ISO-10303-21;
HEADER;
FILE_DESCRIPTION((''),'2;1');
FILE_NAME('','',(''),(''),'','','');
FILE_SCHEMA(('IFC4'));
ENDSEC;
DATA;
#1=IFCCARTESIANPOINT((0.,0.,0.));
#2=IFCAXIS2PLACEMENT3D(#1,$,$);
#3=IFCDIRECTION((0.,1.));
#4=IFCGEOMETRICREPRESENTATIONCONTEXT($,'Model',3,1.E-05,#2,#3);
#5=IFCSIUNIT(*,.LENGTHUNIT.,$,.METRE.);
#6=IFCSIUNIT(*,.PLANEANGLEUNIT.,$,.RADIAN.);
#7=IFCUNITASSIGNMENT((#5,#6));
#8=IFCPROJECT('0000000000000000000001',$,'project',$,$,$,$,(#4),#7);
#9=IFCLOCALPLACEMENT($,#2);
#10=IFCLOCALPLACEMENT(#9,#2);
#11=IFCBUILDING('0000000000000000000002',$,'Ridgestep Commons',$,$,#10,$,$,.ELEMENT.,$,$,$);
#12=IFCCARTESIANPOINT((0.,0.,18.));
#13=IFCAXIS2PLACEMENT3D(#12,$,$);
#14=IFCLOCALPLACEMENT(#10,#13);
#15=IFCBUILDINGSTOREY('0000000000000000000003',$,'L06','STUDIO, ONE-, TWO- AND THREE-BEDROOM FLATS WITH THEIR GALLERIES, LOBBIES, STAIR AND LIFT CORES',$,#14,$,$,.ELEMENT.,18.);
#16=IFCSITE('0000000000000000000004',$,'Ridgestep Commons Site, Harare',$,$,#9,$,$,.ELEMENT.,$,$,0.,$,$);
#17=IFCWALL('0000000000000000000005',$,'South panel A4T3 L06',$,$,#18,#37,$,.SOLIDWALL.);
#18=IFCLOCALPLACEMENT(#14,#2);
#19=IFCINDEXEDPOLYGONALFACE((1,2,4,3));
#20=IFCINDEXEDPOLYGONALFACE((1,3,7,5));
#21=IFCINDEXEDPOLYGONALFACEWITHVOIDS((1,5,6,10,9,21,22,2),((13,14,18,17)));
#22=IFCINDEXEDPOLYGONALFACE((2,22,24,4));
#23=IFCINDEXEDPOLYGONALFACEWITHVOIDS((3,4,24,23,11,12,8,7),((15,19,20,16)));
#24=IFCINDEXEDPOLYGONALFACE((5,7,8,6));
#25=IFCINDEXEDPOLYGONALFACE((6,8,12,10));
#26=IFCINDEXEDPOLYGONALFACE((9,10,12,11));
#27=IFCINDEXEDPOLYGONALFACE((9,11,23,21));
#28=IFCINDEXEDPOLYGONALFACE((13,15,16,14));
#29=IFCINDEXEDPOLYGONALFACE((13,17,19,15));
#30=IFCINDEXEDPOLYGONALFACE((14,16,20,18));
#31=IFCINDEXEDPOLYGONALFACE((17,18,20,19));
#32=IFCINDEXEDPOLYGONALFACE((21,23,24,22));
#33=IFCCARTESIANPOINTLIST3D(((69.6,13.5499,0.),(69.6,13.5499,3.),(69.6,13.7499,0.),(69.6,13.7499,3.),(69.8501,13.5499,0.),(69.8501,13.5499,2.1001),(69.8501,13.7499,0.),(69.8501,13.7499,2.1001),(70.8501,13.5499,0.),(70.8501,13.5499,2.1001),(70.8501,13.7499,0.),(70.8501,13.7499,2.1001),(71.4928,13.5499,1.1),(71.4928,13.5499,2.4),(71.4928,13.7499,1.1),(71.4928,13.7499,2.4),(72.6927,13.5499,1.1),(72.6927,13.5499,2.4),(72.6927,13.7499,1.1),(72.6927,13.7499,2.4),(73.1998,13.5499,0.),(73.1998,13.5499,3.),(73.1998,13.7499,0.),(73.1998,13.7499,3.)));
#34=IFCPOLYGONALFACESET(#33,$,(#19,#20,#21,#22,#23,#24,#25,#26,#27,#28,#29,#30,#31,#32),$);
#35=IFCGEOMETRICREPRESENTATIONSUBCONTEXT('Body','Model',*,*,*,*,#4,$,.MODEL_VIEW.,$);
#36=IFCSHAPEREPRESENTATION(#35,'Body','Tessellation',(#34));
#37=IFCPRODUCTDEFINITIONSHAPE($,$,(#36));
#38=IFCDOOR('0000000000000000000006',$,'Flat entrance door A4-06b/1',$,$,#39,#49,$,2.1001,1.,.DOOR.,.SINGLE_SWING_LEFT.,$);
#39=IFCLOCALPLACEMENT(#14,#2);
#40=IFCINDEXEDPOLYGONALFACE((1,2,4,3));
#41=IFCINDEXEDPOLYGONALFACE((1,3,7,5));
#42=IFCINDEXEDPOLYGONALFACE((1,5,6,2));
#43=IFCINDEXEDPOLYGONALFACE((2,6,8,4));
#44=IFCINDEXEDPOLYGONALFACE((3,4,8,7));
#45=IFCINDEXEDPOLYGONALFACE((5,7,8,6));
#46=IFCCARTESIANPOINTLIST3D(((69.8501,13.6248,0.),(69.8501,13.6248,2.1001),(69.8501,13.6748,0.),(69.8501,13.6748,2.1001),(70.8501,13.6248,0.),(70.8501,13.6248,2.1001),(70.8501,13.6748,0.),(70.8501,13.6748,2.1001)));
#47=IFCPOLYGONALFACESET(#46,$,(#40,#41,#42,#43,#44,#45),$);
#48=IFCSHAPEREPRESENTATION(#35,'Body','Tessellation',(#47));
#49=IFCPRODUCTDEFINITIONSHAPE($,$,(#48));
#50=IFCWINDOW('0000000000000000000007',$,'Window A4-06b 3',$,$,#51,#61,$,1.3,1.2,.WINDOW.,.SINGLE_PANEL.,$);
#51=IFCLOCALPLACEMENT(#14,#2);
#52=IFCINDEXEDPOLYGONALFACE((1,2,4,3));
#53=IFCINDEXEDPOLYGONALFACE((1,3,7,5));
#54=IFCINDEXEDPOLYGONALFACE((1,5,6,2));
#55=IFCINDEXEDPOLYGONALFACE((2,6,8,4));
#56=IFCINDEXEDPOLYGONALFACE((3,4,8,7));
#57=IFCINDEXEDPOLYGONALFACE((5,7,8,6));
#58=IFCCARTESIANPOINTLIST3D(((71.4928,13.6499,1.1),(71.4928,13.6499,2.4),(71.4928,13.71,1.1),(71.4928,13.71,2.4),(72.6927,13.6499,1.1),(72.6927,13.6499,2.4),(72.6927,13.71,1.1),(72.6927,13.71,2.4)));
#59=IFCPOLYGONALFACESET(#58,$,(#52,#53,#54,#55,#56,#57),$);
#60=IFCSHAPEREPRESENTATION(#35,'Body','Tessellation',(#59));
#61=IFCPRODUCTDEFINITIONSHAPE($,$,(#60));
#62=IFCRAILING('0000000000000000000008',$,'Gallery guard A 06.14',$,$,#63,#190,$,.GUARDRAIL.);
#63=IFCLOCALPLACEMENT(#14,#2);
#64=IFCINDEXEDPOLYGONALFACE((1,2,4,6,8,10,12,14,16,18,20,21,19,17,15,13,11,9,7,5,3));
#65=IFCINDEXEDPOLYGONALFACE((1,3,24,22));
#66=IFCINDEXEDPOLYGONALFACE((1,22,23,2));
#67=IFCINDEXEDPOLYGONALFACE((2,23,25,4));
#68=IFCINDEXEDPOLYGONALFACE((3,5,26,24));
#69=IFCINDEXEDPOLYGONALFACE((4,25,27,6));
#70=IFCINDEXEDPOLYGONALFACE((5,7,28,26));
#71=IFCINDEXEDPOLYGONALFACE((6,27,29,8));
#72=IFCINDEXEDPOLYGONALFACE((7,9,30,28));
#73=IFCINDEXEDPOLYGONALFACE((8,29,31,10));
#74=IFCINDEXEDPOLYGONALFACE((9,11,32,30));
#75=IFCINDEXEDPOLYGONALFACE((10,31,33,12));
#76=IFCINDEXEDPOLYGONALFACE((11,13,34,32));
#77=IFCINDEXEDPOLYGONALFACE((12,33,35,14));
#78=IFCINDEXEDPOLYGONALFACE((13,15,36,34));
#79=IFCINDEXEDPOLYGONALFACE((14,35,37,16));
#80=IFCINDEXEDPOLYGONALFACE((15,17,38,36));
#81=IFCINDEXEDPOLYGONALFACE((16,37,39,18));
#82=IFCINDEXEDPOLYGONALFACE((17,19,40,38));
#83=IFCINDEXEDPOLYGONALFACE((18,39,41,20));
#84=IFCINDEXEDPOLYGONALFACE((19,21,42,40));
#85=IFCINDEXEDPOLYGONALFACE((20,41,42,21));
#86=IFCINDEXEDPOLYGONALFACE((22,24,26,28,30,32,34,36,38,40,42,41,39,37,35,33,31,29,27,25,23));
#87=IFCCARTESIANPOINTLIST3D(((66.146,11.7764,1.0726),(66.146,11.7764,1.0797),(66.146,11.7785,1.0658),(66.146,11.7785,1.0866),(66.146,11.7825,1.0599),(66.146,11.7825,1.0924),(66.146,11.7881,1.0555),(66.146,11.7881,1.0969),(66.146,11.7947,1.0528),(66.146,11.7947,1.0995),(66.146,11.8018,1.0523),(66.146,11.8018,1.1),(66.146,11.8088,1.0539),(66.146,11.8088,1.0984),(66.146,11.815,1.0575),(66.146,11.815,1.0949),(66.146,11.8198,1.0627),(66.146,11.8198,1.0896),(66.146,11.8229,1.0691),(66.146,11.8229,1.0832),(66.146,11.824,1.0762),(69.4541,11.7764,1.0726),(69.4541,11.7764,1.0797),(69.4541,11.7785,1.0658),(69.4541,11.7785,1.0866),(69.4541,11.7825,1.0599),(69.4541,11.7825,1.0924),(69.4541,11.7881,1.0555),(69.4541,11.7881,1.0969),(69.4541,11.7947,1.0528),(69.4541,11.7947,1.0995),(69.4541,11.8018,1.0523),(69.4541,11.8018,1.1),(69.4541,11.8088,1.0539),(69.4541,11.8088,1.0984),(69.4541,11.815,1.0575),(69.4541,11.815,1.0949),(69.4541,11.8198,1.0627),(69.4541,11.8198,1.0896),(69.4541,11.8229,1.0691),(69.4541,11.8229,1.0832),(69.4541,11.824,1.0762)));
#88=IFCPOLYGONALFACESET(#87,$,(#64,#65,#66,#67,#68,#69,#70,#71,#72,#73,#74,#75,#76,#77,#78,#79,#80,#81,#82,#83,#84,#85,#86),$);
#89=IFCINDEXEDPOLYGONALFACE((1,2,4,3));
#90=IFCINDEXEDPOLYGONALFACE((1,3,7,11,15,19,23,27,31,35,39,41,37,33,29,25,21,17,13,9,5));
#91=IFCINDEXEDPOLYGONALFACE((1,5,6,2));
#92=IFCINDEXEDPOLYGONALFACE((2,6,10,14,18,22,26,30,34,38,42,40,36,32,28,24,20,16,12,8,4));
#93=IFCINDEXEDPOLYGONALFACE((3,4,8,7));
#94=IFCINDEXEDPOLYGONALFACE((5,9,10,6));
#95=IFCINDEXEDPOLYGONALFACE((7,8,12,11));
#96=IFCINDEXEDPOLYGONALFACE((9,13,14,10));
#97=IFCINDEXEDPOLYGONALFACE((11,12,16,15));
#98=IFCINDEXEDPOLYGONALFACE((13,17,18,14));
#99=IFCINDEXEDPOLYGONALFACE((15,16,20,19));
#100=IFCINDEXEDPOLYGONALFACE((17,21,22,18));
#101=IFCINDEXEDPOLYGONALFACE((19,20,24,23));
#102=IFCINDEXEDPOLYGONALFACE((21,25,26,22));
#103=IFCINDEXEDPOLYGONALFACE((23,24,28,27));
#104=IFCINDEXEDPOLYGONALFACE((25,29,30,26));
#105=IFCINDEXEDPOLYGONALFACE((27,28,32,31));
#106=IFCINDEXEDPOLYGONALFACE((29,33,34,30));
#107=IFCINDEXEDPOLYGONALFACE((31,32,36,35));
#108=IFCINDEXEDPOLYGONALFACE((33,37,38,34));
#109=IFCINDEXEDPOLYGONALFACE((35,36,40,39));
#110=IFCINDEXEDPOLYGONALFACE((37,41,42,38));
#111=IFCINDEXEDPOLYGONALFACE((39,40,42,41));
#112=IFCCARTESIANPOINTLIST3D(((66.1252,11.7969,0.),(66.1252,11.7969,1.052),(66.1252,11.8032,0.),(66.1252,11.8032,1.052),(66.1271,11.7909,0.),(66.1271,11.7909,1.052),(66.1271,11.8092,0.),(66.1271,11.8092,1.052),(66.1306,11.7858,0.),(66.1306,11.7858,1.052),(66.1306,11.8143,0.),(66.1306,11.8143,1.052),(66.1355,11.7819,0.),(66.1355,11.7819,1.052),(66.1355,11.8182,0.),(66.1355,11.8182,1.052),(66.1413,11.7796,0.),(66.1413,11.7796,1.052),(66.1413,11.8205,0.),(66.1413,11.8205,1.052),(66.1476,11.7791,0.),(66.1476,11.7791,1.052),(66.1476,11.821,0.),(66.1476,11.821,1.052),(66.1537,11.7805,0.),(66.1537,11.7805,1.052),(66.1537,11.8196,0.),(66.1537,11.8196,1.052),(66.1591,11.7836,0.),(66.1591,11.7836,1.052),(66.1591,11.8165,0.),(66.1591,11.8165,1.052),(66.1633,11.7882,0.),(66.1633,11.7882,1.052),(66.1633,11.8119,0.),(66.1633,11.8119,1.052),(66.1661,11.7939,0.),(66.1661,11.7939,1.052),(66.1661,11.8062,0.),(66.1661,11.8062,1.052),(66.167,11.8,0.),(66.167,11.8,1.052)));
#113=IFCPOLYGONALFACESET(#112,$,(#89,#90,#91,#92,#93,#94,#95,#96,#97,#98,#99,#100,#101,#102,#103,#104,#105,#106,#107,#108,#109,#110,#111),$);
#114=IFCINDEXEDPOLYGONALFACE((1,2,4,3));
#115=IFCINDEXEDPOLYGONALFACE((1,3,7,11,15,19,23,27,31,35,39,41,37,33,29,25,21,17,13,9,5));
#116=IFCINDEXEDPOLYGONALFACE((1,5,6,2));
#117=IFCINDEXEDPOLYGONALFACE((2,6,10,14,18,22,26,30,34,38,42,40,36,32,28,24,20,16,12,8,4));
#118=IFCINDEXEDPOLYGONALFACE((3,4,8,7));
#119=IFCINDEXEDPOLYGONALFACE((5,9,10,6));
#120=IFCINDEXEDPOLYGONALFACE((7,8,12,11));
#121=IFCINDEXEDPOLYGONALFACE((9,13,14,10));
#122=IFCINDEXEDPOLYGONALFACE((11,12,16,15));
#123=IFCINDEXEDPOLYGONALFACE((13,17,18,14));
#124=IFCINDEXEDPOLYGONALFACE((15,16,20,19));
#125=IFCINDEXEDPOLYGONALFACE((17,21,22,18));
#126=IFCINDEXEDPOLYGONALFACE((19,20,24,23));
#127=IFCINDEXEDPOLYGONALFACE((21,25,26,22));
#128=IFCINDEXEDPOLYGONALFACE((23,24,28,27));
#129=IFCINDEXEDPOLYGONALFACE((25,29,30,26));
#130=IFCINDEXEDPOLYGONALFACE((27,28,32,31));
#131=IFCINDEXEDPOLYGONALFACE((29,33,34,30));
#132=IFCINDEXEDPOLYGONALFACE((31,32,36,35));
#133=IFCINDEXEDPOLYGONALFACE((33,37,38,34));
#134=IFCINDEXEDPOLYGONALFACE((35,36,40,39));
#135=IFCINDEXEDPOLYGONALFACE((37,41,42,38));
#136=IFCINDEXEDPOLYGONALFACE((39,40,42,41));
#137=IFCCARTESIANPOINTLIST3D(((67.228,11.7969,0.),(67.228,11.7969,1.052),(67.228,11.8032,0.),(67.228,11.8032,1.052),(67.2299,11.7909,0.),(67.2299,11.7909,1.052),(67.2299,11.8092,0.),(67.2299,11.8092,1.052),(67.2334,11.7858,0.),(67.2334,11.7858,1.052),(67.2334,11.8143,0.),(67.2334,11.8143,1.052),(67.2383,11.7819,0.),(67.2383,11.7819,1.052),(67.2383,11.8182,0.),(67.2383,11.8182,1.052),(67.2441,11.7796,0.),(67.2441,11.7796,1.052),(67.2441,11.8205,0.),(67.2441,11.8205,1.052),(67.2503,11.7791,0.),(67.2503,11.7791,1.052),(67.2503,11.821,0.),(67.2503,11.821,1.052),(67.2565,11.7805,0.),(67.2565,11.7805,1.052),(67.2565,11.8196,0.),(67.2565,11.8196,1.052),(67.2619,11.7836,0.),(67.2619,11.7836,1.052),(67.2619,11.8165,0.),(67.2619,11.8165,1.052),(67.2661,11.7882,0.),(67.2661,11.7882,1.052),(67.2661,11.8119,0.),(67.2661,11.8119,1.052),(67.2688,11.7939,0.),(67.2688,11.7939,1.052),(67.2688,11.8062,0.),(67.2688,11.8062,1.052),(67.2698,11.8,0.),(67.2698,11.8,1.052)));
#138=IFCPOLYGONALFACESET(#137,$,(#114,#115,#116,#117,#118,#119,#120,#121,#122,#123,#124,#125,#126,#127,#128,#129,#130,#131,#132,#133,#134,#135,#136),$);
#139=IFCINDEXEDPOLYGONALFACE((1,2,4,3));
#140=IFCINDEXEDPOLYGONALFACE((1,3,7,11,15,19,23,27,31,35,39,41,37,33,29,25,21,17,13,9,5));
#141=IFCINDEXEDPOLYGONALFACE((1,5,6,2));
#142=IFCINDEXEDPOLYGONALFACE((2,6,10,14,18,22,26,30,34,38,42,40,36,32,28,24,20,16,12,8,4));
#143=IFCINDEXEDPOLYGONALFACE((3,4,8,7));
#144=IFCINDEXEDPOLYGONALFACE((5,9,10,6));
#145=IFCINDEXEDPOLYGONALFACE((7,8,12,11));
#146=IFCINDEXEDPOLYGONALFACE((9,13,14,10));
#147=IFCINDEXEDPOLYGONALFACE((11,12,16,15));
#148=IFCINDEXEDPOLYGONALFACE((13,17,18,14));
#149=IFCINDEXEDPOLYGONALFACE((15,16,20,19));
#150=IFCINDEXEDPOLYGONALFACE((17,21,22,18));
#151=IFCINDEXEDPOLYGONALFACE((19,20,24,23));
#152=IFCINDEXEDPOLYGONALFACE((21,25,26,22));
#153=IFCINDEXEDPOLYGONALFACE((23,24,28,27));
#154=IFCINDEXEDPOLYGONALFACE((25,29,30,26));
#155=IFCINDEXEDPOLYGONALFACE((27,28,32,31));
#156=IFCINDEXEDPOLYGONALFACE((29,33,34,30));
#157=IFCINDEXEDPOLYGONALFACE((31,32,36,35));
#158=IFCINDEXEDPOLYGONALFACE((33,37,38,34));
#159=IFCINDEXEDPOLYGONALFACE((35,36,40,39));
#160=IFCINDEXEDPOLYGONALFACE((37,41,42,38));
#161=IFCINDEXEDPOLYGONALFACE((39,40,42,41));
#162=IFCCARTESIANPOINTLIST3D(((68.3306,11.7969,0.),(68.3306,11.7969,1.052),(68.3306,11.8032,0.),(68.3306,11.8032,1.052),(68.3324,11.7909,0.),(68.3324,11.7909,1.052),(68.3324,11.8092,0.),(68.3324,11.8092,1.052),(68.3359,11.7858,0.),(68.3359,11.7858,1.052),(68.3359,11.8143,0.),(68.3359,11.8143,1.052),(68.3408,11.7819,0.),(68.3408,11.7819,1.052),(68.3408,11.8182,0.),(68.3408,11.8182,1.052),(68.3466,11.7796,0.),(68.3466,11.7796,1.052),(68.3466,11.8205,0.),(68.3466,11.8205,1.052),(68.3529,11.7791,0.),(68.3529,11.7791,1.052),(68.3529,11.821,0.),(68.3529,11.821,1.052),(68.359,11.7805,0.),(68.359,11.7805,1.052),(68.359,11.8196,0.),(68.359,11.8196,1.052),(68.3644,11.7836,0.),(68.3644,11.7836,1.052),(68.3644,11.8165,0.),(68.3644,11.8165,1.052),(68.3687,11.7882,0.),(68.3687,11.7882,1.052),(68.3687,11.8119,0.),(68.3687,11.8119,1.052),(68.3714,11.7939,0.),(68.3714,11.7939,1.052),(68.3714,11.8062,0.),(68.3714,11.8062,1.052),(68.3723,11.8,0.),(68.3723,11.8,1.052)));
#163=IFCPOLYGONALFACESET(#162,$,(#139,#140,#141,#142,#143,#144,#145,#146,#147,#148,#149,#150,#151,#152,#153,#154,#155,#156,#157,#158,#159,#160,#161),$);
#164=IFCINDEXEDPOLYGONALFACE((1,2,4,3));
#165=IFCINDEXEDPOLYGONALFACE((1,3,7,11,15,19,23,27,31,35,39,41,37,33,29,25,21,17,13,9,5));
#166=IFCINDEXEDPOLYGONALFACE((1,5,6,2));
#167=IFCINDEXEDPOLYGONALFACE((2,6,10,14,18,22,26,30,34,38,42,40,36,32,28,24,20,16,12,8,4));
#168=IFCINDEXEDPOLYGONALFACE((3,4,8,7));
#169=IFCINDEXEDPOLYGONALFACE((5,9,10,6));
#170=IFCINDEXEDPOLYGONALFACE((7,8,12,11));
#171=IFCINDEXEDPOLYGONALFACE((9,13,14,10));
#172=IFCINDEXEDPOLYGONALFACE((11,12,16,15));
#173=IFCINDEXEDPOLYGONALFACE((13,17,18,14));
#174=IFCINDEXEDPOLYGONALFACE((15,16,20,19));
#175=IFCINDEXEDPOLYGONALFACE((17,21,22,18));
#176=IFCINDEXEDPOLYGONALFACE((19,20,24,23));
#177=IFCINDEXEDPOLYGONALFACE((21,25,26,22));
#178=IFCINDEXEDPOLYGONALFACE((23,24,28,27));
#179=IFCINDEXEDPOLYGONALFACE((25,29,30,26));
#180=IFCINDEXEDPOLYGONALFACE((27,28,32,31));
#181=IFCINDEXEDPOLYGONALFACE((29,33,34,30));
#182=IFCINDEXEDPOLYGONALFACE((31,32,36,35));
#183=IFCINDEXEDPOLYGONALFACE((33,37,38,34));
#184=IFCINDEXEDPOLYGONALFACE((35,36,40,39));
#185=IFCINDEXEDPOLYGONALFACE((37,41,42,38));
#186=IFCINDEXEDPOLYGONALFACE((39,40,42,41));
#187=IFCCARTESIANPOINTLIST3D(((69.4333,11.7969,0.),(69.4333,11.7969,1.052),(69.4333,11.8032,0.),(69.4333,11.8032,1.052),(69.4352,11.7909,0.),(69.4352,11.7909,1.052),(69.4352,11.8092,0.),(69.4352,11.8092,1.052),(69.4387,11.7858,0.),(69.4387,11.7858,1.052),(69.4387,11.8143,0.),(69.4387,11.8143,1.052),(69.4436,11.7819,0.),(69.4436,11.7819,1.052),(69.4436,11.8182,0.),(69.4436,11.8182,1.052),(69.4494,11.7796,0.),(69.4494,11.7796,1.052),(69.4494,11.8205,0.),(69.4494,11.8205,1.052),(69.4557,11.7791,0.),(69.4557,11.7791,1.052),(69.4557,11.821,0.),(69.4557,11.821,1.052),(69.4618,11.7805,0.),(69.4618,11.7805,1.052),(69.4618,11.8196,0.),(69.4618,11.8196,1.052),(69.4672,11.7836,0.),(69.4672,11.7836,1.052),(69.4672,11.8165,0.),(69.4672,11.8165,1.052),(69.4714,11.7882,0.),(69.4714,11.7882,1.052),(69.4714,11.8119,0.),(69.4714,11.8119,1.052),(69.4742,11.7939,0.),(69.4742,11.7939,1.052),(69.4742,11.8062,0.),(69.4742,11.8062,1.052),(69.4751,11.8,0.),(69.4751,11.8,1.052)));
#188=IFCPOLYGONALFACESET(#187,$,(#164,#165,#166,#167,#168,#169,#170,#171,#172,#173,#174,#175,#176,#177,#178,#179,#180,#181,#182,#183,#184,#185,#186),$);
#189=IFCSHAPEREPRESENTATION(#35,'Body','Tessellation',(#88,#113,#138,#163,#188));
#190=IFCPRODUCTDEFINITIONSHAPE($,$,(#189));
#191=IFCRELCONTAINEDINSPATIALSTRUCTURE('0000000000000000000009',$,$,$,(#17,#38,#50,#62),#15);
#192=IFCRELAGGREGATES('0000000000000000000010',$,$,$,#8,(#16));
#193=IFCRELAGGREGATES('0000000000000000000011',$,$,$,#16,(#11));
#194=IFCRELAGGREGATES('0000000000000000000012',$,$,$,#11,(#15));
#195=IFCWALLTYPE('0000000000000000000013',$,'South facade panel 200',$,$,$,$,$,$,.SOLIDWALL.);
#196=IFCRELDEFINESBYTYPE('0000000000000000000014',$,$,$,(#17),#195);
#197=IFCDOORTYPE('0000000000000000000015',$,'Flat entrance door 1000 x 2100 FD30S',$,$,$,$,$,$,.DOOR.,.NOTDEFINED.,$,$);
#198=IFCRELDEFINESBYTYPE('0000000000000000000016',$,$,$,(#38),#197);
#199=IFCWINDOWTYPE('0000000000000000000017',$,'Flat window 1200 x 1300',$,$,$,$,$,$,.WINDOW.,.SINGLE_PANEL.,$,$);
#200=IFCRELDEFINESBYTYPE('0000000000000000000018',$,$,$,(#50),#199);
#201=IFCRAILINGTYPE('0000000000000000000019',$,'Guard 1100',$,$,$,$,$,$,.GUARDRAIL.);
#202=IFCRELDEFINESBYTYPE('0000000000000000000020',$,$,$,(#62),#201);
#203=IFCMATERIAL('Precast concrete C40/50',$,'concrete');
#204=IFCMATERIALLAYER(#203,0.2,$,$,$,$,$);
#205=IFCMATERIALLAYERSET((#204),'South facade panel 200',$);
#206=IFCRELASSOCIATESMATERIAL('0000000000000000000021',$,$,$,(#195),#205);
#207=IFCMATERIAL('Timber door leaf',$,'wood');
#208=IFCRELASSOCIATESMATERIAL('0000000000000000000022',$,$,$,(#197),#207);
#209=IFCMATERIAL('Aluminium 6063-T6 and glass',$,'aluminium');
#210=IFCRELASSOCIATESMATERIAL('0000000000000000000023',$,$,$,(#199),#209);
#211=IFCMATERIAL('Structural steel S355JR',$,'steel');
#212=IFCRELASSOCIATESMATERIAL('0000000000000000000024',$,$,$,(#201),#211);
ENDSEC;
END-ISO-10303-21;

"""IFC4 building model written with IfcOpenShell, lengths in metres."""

from ifc_helpers import new_model, si_unit, direction, frame, frame_2d, origin, origin_2d, place, context, subcontext, project, spatial, rectangle, circle, extrude, material, layer, layer_set, type_object, element, fill, save


model = new_model("IFC4")

# Units and contexts
model_context = context("Model", 3, precision=1e-05, world=origin(), true_north=direction((0.0, 1.0)))
body_context = subcontext(model_context, "Body", "Model", "MODEL_VIEW")
ifc_project = project(units=[si_unit("LENGTHUNIT", "METRE"), si_unit("PLANEANGLEUNIT", "RADIAN")], contexts=[model_context])

# Site, building, storey
site_placement = place(None, origin())
site = spatial("IfcSite", under=ifc_project, at=site_placement, Name="Ridgestep Commons Site, Harare", CompositionType="ELEMENT", RefElevation=0.0)
building_placement = place(site_placement, origin())
building = spatial("IfcBuilding", under=site, at=building_placement, Name="Ridgestep Commons", CompositionType="ELEMENT")
storey_placement = place(building_placement, frame((0.0, 0.0, 18.0)))
storey = spatial("IfcBuildingStorey", under=building, at=storey_placement, Name="L06", Description="STUDIO, ONE-, TWO- AND THREE-BEDROOM FLATS WITH THEIR GALLERIES, LOBBIES, STAIR AND LIFT CORES", CompositionType="ELEMENT", Elevation=18.0)

# Shared definitions
ifc_material_1 = material(Name="Precast concrete C40/50", Category="concrete")
ifc_layer_1 = layer(ifc_material_1, 0.2)
ifc_layer_set_1 = layer_set([ifc_layer_1], Name="South facade panel 200")
wall_type_1 = type_object("IfcWallType", Name="South facade panel 200", PredefinedType="SOLIDWALL", material=ifc_layer_set_1)

# Wall, openings, door, window
wall_1_placement = place(storey_placement, frame((69.6001, 13.6499, 0.0), z_axis=(0.0, 0.0, 1.0), x_axis=(1.0, 0.0, 0.0)))
wall_1 = element("IfcWall", 1, at=wall_1_placement, inside=storey, type_object=wall_type_1, Name="South panel A4T3 L06", PredefinedType="SOLIDWALL", context=body_context, shape_type="SweptSolid", body=[
    extrude(rectangle(XDim=3.5999, YDim=0.2, at=frame_2d((1.7998, 0.0))), origin(), (0.0, 0.0, 1.0), 3.0),
])
opening_1_placement = place(wall_1_placement, frame((1.8926, 0.0, 1.1001)))
opening_1 = element("IfcOpeningElement", 2, at=opening_1_placement, cuts=wall_1, PredefinedType="OPENING", context=body_context, shape_type="SweptSolid", body=[
    extrude(rectangle(XDim=1.2, YDim=1.3, at=frame_2d((0.6001, 0.6499))), frame((0.0, 0.1099, 0.0), z_axis=(0.0, -1.0, 0.0), x_axis=(1.0, 0.0, 0.0)), (0.0, 0.0, 1.0), 0.22),
])
opening_2_placement = place(wall_1_placement, frame((0.25, 0.0, 0.0)))
opening_2 = element("IfcOpeningElement", 3, at=opening_2_placement, cuts=wall_1, PredefinedType="OPENING", context=body_context, shape_type="SweptSolid", body=[
    extrude(rectangle(XDim=1.0, YDim=2.1001, at=frame_2d((0.5, 1.05))), frame((0.0, 0.1099, 0.0), z_axis=(0.0, -1.0, 0.0), x_axis=(1.0, 0.0, 0.0)), (0.0, 0.0, 1.0), 0.22),
])
ifc_material_2 = material(Name="Timber door leaf", Category="wood")
door_type_1 = type_object("IfcDoorType", Name="Flat entrance door 1000 x 2100 FD30S", OperationType="NOTDEFINED", PredefinedType="DOOR", material=ifc_material_2)
door_1_placement = place(opening_2_placement, origin())
door_1 = element("IfcDoor", 4, at=door_1_placement, inside=storey, type_object=door_type_1, Name="Flat entrance door A4-06b/1", OperationType="SINGLE_SWING_LEFT", OverallHeight=2.1001, OverallWidth=1.0, PredefinedType="DOOR", context=body_context, shape_type="SweptSolid", body=[
    extrude(rectangle(XDim=1.0, YDim=2.1001, at=frame_2d((0.5, 1.05))), frame((0.0, 0.0249, 0.0), z_axis=(0.0, -1.0, 0.0), x_axis=(1.0, 0.0, 0.0)), (0.0, 0.0, 1.0), 0.05),
])
fill(opening_2, door_1)
ifc_material_3 = material(Name="Aluminium 6063-T6 and glass", Category="aluminium")
window_type_1 = type_object("IfcWindowType", Name="Flat window 1200 x 1300", PartitioningType="SINGLE_PANEL", PredefinedType="WINDOW", material=ifc_material_3)
window_1_placement = place(opening_1_placement, origin())
window_1 = element("IfcWindow", 5, at=window_1_placement, inside=storey, type_object=window_type_1, Name="Window A4-06b 3", OverallHeight=1.3, OverallWidth=1.2, PartitioningType="SINGLE_PANEL", PredefinedType="WINDOW", context=body_context, shape_type="SweptSolid", body=[
    extrude(rectangle(XDim=1.2, YDim=1.3, at=frame_2d((0.6001, 0.6499))), frame((0.0, 0.0601, 0.0), z_axis=(0.0, -1.0, 0.0), x_axis=(1.0, 0.0, 0.0)), (0.0, 0.0, 1.0), 0.0601),
])
fill(opening_1, window_1)

# Railing
ifc_material_4 = material(Name="Structural steel S355JR", Category="steel")
railing_type = type_object("IfcRailingType", Name="Guard 1100", PredefinedType="GUARDRAIL", material=ifc_material_4)
railing_1_placement = place(storey_placement, frame((66.146, 11.8, 0.0)))
element("IfcRailing", 6, at=railing_1_placement, inside=storey, type_object=railing_type, Name="Gallery guard A 06.14", PredefinedType="GUARDRAIL", context=body_context, shape_type="SweptSolid", body=[
    extrude(circle(Radius=0.0239, at=origin_2d()), frame((0.0, 0.0, 1.0762), z_axis=(1.0, 0.0, 0.0), x_axis=(0.0, 1.0, 0.0)), (0.0, 0.0, 1.0), 3.3081),
    extrude(circle(Radius=0.021, at=origin_2d()), origin(), (0.0, 0.0, 1.0), 1.052),
    extrude(circle(Radius=0.021, at=origin_2d()), frame((1.1028, 0.0, 0.0)), (0.0, 0.0, 1.0), 1.052),
    extrude(circle(Radius=0.021, at=origin_2d()), frame((2.2053, 0.0, 0.0)), (0.0, 0.0, 1.0), 1.052),
    extrude(circle(Radius=0.021, at=origin_2d()), frame((3.3081, 0.0, 0.0)), (0.0, 0.0, 1.0), 1.052),
])

save(model, "model.ifc")
